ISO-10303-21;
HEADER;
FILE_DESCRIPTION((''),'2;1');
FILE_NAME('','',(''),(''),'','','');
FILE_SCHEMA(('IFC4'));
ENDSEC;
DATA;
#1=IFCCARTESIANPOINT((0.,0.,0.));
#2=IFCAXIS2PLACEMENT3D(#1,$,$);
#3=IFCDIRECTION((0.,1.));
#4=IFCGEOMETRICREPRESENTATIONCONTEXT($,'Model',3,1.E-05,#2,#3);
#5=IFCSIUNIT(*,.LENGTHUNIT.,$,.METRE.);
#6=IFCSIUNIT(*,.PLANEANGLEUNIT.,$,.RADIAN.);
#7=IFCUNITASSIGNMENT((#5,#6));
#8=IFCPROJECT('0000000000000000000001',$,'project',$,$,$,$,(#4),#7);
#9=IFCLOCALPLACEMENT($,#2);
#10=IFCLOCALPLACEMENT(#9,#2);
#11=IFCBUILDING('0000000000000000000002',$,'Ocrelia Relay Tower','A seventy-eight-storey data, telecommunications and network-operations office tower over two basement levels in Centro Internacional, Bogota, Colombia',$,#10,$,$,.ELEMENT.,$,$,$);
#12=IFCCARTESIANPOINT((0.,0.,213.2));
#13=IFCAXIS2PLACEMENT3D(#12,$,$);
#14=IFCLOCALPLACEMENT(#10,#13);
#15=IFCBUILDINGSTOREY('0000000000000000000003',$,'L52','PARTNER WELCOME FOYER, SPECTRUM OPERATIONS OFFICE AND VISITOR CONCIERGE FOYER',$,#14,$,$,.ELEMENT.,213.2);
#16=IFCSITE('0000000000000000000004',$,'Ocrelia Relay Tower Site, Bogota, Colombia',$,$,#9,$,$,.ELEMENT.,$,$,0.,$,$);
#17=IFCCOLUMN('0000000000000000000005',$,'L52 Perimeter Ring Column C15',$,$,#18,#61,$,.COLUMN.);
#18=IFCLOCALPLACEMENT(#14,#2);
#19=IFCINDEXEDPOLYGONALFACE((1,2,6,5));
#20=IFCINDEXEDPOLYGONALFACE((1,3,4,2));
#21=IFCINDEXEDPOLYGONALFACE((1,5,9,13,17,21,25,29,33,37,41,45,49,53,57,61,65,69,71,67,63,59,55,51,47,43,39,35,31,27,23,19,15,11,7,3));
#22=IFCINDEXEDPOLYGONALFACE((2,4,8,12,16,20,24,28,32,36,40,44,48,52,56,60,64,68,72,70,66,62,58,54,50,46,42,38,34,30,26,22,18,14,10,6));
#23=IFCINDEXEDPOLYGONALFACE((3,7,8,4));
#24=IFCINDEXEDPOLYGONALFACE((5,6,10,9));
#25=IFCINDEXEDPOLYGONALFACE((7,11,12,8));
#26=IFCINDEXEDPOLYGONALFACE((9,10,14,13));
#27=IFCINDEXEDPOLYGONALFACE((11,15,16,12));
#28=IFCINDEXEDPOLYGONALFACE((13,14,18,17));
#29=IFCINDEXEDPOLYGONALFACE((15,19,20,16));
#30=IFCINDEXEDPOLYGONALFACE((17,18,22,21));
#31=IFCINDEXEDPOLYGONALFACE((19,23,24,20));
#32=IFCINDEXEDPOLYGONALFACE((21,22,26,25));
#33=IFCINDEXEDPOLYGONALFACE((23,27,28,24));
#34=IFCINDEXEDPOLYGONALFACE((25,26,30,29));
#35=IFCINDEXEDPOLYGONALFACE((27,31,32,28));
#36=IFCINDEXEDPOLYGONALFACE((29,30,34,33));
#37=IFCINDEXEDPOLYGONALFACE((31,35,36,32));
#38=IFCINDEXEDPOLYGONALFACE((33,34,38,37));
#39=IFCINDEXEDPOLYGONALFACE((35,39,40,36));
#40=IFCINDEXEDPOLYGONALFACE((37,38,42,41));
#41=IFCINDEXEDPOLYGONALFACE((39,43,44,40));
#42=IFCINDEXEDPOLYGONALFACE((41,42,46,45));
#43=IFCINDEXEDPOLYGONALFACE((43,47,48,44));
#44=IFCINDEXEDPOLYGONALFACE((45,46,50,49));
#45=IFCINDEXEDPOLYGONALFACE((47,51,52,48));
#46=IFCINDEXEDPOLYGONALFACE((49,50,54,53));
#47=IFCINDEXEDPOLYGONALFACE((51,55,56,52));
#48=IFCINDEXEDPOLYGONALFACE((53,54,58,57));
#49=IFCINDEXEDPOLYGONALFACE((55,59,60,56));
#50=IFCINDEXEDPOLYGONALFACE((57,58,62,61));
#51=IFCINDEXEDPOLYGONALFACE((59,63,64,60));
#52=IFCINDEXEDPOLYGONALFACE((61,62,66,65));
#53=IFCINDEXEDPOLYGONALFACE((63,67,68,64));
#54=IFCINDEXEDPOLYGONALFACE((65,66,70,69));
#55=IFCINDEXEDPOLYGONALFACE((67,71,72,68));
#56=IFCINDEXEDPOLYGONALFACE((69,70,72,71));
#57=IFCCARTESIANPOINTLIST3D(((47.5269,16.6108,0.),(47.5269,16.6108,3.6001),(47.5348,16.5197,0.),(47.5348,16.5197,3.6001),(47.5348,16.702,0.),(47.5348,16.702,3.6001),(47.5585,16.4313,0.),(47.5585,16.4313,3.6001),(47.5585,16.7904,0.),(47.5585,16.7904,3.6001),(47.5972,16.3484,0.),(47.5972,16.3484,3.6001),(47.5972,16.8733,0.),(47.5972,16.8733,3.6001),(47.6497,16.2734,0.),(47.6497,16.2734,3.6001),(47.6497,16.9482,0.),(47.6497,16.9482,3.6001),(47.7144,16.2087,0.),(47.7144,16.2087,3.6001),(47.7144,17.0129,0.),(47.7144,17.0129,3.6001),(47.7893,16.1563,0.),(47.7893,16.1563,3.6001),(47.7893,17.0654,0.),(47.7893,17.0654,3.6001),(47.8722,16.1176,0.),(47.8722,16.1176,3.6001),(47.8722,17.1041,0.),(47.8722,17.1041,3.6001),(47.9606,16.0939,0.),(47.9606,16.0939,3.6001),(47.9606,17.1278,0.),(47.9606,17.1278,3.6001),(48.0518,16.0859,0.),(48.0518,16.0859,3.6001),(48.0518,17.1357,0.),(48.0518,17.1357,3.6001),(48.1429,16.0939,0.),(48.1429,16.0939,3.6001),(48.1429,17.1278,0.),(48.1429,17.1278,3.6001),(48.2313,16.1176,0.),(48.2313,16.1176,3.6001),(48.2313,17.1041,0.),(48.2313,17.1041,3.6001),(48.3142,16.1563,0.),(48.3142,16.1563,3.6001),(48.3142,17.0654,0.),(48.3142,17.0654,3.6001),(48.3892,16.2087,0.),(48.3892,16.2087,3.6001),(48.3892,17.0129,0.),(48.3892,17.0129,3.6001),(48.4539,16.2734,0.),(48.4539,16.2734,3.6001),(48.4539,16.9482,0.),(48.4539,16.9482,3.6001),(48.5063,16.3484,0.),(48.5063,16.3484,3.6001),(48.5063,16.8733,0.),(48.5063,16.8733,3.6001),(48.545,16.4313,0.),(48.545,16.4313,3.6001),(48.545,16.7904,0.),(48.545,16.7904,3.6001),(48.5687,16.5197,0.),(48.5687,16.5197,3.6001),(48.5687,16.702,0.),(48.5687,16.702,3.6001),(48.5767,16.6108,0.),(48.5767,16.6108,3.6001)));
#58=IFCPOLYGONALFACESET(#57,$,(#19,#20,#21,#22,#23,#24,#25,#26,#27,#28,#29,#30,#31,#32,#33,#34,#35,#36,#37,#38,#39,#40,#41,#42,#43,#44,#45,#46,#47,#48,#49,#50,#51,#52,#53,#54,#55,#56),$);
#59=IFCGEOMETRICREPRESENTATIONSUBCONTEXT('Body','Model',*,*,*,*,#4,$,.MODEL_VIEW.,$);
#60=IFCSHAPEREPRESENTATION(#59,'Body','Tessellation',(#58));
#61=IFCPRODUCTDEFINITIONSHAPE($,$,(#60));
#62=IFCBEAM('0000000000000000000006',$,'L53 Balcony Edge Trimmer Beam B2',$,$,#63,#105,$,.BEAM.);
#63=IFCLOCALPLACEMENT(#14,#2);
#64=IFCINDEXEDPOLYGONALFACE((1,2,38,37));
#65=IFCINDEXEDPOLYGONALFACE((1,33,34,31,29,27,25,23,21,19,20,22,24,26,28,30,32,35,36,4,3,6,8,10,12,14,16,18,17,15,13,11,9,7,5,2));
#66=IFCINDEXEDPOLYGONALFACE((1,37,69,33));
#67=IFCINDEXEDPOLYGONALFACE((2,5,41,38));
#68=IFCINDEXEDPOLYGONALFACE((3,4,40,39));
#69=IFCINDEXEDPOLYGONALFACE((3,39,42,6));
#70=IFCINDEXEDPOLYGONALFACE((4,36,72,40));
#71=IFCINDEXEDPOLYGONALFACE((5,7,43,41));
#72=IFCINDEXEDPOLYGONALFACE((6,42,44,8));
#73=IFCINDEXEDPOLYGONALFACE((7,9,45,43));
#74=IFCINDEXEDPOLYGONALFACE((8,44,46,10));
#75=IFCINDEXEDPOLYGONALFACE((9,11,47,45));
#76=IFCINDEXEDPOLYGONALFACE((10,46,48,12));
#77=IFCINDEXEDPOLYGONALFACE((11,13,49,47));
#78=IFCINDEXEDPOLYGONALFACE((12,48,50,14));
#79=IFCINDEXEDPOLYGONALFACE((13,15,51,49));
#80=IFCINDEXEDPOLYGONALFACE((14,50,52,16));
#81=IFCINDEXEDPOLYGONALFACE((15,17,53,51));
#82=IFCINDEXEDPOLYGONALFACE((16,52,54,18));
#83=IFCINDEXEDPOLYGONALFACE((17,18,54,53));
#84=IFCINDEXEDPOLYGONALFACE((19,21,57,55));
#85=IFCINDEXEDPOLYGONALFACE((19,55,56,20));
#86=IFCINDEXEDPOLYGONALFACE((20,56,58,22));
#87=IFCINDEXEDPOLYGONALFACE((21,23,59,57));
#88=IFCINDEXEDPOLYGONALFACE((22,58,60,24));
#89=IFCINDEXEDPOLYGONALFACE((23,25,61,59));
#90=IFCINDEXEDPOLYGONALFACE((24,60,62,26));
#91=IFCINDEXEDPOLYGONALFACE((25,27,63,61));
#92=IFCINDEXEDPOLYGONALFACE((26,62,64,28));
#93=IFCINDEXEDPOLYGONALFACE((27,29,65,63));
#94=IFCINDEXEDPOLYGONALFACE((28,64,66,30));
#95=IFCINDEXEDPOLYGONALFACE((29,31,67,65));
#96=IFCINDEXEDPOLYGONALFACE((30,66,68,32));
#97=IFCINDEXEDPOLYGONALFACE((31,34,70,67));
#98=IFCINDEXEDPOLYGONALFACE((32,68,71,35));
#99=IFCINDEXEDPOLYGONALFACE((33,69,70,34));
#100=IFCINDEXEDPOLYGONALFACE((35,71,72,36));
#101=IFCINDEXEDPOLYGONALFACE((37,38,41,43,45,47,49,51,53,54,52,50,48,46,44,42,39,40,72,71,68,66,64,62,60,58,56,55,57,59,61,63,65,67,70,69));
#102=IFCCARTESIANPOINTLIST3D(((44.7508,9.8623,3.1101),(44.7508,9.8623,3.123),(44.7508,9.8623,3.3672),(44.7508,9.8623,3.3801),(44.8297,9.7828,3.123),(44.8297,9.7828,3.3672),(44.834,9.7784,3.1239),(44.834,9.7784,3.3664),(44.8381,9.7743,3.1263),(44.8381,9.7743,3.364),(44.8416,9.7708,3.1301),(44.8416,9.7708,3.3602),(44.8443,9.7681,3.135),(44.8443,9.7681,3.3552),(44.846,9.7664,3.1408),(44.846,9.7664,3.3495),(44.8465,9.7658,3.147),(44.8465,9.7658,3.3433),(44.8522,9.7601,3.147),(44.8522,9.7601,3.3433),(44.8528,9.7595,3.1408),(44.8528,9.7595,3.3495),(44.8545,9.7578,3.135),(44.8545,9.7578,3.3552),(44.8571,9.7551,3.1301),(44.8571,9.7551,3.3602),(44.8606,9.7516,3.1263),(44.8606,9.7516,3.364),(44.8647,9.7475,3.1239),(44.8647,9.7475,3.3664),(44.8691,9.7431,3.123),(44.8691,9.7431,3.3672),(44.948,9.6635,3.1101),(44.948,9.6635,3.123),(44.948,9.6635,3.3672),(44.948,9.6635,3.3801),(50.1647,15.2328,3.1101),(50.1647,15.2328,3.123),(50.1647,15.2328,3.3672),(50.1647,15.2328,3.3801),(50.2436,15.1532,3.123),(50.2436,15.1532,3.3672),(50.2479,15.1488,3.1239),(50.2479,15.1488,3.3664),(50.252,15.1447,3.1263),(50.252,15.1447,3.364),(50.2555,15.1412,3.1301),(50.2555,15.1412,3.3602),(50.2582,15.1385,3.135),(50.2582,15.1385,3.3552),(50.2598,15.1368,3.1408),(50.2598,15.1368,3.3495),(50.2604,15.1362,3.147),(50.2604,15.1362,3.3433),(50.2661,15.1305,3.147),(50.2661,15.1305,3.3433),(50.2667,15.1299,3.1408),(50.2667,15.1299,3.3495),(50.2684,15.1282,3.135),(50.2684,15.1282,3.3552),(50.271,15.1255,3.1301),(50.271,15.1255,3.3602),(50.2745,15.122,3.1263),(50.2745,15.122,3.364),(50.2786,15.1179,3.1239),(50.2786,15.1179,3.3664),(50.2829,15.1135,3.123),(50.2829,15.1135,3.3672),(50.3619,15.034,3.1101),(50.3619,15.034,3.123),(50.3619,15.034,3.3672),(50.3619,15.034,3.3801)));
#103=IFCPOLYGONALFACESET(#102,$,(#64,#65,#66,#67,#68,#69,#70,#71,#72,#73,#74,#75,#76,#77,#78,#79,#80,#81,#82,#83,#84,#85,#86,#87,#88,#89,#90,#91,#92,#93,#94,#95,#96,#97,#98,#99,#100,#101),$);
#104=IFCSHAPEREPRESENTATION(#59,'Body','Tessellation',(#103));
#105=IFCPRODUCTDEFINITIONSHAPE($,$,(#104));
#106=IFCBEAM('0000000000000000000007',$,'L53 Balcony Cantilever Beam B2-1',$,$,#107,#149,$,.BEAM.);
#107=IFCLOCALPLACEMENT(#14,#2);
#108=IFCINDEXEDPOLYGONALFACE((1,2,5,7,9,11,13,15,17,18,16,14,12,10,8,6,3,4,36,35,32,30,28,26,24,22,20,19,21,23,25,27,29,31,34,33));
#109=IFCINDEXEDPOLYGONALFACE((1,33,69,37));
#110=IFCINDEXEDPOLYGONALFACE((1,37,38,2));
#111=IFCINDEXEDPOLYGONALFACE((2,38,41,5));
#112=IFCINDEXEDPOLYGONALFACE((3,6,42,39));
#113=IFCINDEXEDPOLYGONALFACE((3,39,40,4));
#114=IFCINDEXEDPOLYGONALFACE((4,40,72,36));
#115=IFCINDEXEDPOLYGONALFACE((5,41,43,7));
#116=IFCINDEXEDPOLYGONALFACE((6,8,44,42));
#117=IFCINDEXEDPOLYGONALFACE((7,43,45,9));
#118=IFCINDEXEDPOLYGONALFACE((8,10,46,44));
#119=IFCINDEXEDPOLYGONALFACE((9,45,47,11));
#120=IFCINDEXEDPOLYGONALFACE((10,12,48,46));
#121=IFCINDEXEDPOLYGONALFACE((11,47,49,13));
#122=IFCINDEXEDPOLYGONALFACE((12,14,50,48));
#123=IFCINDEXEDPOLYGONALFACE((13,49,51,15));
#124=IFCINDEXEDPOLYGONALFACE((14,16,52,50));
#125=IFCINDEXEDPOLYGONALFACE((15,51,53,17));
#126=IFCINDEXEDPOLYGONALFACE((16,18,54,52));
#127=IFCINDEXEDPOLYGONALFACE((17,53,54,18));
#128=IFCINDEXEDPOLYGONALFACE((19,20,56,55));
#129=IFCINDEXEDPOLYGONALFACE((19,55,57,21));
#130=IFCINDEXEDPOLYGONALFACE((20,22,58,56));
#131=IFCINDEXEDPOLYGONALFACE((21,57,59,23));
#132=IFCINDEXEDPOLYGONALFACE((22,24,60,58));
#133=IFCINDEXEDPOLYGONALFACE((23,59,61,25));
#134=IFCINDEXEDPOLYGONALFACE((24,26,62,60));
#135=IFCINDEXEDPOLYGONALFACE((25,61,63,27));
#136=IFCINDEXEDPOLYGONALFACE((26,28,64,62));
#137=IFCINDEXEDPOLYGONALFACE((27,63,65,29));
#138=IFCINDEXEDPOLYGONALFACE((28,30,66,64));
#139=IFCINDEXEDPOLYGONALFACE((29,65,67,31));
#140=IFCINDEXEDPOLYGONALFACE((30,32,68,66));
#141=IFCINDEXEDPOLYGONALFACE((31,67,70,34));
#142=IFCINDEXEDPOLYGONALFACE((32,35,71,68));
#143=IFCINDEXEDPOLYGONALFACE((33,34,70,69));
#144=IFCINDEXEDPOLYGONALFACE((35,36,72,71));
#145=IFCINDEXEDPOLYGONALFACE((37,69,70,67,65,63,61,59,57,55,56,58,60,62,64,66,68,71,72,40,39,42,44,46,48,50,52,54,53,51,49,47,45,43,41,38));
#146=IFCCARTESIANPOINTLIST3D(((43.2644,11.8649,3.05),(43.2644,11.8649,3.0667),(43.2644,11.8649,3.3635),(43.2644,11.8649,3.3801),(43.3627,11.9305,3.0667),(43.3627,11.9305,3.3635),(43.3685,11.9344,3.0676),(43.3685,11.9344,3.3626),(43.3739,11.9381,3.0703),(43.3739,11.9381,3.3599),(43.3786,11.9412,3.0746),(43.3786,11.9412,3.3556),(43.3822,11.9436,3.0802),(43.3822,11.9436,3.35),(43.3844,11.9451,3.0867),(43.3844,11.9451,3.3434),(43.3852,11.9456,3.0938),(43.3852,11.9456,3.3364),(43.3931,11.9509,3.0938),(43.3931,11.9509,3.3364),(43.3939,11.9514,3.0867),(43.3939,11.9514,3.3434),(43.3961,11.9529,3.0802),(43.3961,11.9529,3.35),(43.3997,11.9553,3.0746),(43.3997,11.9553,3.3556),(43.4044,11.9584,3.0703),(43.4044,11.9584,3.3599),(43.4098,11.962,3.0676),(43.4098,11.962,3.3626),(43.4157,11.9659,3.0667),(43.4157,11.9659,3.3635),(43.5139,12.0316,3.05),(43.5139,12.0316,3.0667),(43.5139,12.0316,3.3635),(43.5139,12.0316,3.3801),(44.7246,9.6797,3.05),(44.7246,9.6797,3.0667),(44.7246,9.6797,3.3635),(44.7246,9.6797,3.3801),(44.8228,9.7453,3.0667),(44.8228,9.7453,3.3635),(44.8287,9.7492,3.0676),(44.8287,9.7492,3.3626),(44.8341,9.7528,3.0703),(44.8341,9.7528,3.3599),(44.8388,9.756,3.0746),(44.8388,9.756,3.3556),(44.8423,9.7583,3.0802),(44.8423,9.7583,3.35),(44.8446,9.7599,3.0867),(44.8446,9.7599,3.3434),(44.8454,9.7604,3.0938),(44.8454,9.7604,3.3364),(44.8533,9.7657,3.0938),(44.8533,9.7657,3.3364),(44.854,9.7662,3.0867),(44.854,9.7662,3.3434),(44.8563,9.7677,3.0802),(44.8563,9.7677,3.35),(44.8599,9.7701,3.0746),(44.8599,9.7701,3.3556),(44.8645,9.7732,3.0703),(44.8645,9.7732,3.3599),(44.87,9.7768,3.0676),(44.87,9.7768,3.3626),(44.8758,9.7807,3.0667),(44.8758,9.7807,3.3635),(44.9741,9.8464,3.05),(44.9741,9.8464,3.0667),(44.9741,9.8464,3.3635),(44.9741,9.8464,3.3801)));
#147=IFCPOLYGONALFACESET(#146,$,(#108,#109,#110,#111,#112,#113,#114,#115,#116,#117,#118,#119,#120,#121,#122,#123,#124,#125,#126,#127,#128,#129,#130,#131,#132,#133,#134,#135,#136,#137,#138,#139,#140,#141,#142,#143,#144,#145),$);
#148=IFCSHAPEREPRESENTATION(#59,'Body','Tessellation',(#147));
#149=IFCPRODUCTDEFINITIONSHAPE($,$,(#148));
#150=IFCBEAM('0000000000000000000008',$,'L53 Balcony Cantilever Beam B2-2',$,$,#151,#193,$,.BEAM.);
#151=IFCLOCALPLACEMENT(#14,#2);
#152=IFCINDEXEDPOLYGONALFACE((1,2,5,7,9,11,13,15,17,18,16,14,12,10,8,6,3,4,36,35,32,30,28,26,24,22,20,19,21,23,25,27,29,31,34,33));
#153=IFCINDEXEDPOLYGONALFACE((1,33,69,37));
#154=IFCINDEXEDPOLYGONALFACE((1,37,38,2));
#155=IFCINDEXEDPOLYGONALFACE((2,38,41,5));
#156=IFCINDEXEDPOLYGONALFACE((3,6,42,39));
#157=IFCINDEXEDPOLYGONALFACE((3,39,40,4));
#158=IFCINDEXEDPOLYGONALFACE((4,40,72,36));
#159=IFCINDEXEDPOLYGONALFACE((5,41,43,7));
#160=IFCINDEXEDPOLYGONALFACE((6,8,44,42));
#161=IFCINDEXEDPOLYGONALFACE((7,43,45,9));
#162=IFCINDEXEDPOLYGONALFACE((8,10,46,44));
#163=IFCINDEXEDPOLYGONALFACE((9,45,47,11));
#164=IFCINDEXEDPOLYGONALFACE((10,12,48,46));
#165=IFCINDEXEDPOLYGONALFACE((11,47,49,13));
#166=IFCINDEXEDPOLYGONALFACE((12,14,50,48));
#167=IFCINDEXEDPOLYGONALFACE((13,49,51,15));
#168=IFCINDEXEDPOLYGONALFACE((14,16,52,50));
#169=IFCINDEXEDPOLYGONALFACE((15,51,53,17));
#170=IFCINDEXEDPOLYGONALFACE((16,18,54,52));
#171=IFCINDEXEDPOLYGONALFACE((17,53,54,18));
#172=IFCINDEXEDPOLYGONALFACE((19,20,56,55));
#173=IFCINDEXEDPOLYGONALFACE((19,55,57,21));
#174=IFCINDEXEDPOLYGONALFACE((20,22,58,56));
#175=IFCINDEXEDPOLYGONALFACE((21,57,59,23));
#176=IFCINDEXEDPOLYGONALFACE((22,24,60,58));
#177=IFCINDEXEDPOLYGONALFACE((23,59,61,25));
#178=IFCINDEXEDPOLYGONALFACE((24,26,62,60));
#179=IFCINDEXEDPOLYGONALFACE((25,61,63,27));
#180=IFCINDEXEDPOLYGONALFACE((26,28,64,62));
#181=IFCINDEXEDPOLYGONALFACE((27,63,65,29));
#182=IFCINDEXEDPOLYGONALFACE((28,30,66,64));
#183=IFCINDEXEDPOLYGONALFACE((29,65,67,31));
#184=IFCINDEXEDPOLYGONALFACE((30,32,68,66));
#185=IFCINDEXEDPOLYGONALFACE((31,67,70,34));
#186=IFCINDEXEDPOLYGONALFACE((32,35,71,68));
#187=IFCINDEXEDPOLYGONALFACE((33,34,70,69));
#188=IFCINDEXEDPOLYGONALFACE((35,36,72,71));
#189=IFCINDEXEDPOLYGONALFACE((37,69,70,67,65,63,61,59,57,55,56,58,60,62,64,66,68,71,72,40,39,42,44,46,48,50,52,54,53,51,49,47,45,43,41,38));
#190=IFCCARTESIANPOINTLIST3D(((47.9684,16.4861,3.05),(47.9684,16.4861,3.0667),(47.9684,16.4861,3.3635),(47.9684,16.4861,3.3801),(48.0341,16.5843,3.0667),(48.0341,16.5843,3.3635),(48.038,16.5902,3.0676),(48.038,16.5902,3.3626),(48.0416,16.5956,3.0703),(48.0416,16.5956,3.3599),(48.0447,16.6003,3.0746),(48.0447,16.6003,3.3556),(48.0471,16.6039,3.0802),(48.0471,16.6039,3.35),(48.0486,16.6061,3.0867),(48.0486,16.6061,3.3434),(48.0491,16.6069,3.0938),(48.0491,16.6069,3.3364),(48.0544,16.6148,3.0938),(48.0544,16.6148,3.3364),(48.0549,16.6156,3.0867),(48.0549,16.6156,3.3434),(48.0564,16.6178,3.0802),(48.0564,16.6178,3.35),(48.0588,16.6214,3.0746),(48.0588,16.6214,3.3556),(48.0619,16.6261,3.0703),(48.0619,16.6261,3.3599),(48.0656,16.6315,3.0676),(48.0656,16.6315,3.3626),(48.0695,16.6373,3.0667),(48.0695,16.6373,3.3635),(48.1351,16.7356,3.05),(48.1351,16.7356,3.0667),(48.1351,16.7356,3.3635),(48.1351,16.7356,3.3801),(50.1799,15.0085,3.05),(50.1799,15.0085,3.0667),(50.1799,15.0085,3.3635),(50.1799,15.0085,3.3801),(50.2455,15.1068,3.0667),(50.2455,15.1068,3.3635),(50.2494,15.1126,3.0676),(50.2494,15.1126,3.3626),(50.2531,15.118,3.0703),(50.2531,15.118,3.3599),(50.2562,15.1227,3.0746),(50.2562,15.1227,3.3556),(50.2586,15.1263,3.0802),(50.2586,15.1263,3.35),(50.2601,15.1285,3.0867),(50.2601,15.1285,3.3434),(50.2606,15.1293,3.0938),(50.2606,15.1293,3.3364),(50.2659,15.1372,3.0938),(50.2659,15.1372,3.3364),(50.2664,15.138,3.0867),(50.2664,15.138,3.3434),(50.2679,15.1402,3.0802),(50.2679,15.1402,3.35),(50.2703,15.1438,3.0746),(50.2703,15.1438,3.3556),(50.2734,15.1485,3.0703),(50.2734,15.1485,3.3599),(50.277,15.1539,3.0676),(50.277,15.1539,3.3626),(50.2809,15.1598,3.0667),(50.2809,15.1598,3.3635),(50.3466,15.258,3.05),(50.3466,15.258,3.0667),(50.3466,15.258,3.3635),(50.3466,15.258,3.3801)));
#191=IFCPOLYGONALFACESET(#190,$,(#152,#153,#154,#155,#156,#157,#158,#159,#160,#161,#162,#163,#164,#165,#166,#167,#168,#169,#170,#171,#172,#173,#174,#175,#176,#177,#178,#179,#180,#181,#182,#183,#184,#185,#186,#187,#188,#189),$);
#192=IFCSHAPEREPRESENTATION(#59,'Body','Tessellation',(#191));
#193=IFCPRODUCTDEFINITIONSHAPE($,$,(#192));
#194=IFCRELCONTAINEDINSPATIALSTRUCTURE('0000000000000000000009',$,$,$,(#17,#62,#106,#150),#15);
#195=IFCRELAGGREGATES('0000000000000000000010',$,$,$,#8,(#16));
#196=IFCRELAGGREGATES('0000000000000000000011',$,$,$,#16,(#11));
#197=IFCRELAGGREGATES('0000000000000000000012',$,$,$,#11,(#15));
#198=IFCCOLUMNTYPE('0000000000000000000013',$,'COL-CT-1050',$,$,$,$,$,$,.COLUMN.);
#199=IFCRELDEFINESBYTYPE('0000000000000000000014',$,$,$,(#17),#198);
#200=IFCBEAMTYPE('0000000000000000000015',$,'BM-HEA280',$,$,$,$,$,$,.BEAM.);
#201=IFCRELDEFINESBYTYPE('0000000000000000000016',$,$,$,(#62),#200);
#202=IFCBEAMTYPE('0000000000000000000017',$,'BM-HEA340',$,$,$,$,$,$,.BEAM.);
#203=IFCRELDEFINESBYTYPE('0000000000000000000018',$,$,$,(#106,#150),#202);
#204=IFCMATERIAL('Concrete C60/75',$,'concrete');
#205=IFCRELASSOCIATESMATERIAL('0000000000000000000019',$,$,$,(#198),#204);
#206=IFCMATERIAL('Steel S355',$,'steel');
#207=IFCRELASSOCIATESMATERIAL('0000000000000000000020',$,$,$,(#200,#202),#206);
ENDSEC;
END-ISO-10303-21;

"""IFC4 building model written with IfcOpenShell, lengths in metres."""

from ifc_helpers import new_model, si_unit, direction, frame, origin, origin_2d, place, context, subcontext, project, spatial, circle, i_section, extrude, material, material_profile, profile_set, type_object, element, save


model = new_model("IFC4")

# Units and contexts
model_context = context("Model", 3, precision=1e-05, world=origin(), true_north=direction((0.0, 1.0)))
body_context = subcontext(model_context, "Body", "Model", "MODEL_VIEW")
ifc_project = project(units=[si_unit("LENGTHUNIT", "METRE"), si_unit("PLANEANGLEUNIT", "RADIAN")], contexts=[model_context])

# Site, building, storey
site_placement = place(None, origin())
site = spatial("IfcSite", under=ifc_project, at=site_placement, Name="Ocrelia Relay Tower Site, Bogota, Colombia", CompositionType="ELEMENT", RefElevation=0.0)
building_placement = place(site_placement, origin())
building = spatial("IfcBuilding", under=site, at=building_placement, Name="Ocrelia Relay Tower", Description="A seventy-eight-storey data, telecommunications and network-operations office tower over two basement levels in Centro Internacional, Bogota, Colombia", CompositionType="ELEMENT")
storey_placement = place(building_placement, frame((0.0, 0.0, 213.2)))
storey = spatial("IfcBuildingStorey", under=building, at=storey_placement, Name="L52", Description="PARTNER WELCOME FOYER, SPECTRUM OPERATIONS OFFICE AND VISITOR CONCIERGE FOYER", CompositionType="ELEMENT", Elevation=213.2)

# Column
ifc_material_1 = material(Name="Concrete C60/75", Category="concrete")
ifc_material_profile_1 = material_profile(ifc_material_1, circle(Radius=0.5249, at=origin_2d()), Name="RC-CIR-1050")
ifc_profile_set_1 = profile_set([ifc_material_profile_1], Name="Concrete C60/75")
column_type = type_object("IfcColumnType", Name="COL-CT-1050", PredefinedType="COLUMN", material=ifc_profile_set_1)
column_placement = place(storey_placement, frame((48.0518, 16.6108, 0.0), z_axis=(0.0, 0.0, 1.0), x_axis=(1.0, 0.0, 0.0)))
element("IfcColumn", 1, at=column_placement, inside=storey, type_object=column_type, Name="L52 Perimeter Ring Column C15", PredefinedType="COLUMN", context=body_context, shape_type="SweptSolid", body=[
    extrude(circle(Radius=0.5249, at=origin_2d()), origin(), (0.0, 0.0, 1.0), 3.6001),
])

# Beams
ifc_material_2 = material(Name="Steel S355", Category="steel")
ifc_material_profile_2 = material_profile(ifc_material_2, i_section(OverallWidth=0.28, OverallDepth=0.27, WebThickness=0.0081, FlangeThickness=0.0129, FilletRadius=0.0239, at=origin_2d()), Name="HEA 280")
ifc_profile_set_2 = profile_set([ifc_material_profile_2], Name="Steel S355")
beam_type_1 = type_object("IfcBeamType", Name="BM-HEA280", PredefinedType="BEAM", material=ifc_profile_set_2)
beam_1_placement = place(storey_placement, frame((44.8494, 9.7629, 3.2451), z_axis=(0.70995, 0.704252, 0.0), x_axis=(-0.704252, 0.70995, 0.0)))
element("IfcBeam", 2, at=beam_1_placement, inside=storey, type_object=beam_type_1, Name="L53 Balcony Edge Trimmer Beam B2", PredefinedType="BEAM", context=body_context, shape_type="SweptSolid", body=[
    extrude(i_section(OverallWidth=0.28, OverallDepth=0.27, WebThickness=0.0081, FlangeThickness=0.0129, FilletRadius=0.0239, at=origin_2d()), origin(), (0.0, 0.0, 1.0), 7.6257),
])
ifc_material_profile_3 = material_profile(ifc_material_2, i_section(OverallWidth=0.3, OverallDepth=0.3301, WebThickness=0.0095, FlangeThickness=0.0166, FilletRadius=0.0271, at=origin_2d()), Name="HEA 340")
ifc_profile_set_3 = profile_set([ifc_material_profile_3], Name="Steel S355")
beam_type_2 = type_object("IfcBeamType", Name="BM-HEA340", PredefinedType="BEAM", material=ifc_profile_set_3)
beam_2_placement = place(storey_placement, frame((43.3892, 11.9482, 3.2151), z_axis=(0.555579, -0.831464, 0.0), x_axis=(0.831464, 0.555579, 0.0)))
element("IfcBeam", 3, at=beam_2_placement, inside=storey, type_object=beam_type_2, Name="L53 Balcony Cantilever Beam B2-1", PredefinedType="BEAM", context=body_context, shape_type="SweptSolid", body=[
    extrude(i_section(OverallWidth=0.3, OverallDepth=0.3301, WebThickness=0.0095, FlangeThickness=0.0166, FilletRadius=0.0271, at=origin_2d()), origin(), (0.0, 0.0, 1.0), 2.6282),
])
beam_3_placement = place(storey_placement, frame((48.0518, 16.6108, 3.2151), z_axis=(0.831485, -0.555547, 0.0), x_axis=(0.555547, 0.831485, 0.0)))
element("IfcBeam", 4, at=beam_3_placement, inside=storey, type_object=beam_type_2, Name="L53 Balcony Cantilever Beam B2-2", PredefinedType="BEAM", context=body_context, shape_type="SweptSolid", body=[
    extrude(i_section(OverallWidth=0.3, OverallDepth=0.3301, WebThickness=0.0095, FlangeThickness=0.0166, FilletRadius=0.0271, at=origin_2d()), origin(), (0.0, 0.0, 1.0), 2.6597),
])

save(model, "model.ifc")
